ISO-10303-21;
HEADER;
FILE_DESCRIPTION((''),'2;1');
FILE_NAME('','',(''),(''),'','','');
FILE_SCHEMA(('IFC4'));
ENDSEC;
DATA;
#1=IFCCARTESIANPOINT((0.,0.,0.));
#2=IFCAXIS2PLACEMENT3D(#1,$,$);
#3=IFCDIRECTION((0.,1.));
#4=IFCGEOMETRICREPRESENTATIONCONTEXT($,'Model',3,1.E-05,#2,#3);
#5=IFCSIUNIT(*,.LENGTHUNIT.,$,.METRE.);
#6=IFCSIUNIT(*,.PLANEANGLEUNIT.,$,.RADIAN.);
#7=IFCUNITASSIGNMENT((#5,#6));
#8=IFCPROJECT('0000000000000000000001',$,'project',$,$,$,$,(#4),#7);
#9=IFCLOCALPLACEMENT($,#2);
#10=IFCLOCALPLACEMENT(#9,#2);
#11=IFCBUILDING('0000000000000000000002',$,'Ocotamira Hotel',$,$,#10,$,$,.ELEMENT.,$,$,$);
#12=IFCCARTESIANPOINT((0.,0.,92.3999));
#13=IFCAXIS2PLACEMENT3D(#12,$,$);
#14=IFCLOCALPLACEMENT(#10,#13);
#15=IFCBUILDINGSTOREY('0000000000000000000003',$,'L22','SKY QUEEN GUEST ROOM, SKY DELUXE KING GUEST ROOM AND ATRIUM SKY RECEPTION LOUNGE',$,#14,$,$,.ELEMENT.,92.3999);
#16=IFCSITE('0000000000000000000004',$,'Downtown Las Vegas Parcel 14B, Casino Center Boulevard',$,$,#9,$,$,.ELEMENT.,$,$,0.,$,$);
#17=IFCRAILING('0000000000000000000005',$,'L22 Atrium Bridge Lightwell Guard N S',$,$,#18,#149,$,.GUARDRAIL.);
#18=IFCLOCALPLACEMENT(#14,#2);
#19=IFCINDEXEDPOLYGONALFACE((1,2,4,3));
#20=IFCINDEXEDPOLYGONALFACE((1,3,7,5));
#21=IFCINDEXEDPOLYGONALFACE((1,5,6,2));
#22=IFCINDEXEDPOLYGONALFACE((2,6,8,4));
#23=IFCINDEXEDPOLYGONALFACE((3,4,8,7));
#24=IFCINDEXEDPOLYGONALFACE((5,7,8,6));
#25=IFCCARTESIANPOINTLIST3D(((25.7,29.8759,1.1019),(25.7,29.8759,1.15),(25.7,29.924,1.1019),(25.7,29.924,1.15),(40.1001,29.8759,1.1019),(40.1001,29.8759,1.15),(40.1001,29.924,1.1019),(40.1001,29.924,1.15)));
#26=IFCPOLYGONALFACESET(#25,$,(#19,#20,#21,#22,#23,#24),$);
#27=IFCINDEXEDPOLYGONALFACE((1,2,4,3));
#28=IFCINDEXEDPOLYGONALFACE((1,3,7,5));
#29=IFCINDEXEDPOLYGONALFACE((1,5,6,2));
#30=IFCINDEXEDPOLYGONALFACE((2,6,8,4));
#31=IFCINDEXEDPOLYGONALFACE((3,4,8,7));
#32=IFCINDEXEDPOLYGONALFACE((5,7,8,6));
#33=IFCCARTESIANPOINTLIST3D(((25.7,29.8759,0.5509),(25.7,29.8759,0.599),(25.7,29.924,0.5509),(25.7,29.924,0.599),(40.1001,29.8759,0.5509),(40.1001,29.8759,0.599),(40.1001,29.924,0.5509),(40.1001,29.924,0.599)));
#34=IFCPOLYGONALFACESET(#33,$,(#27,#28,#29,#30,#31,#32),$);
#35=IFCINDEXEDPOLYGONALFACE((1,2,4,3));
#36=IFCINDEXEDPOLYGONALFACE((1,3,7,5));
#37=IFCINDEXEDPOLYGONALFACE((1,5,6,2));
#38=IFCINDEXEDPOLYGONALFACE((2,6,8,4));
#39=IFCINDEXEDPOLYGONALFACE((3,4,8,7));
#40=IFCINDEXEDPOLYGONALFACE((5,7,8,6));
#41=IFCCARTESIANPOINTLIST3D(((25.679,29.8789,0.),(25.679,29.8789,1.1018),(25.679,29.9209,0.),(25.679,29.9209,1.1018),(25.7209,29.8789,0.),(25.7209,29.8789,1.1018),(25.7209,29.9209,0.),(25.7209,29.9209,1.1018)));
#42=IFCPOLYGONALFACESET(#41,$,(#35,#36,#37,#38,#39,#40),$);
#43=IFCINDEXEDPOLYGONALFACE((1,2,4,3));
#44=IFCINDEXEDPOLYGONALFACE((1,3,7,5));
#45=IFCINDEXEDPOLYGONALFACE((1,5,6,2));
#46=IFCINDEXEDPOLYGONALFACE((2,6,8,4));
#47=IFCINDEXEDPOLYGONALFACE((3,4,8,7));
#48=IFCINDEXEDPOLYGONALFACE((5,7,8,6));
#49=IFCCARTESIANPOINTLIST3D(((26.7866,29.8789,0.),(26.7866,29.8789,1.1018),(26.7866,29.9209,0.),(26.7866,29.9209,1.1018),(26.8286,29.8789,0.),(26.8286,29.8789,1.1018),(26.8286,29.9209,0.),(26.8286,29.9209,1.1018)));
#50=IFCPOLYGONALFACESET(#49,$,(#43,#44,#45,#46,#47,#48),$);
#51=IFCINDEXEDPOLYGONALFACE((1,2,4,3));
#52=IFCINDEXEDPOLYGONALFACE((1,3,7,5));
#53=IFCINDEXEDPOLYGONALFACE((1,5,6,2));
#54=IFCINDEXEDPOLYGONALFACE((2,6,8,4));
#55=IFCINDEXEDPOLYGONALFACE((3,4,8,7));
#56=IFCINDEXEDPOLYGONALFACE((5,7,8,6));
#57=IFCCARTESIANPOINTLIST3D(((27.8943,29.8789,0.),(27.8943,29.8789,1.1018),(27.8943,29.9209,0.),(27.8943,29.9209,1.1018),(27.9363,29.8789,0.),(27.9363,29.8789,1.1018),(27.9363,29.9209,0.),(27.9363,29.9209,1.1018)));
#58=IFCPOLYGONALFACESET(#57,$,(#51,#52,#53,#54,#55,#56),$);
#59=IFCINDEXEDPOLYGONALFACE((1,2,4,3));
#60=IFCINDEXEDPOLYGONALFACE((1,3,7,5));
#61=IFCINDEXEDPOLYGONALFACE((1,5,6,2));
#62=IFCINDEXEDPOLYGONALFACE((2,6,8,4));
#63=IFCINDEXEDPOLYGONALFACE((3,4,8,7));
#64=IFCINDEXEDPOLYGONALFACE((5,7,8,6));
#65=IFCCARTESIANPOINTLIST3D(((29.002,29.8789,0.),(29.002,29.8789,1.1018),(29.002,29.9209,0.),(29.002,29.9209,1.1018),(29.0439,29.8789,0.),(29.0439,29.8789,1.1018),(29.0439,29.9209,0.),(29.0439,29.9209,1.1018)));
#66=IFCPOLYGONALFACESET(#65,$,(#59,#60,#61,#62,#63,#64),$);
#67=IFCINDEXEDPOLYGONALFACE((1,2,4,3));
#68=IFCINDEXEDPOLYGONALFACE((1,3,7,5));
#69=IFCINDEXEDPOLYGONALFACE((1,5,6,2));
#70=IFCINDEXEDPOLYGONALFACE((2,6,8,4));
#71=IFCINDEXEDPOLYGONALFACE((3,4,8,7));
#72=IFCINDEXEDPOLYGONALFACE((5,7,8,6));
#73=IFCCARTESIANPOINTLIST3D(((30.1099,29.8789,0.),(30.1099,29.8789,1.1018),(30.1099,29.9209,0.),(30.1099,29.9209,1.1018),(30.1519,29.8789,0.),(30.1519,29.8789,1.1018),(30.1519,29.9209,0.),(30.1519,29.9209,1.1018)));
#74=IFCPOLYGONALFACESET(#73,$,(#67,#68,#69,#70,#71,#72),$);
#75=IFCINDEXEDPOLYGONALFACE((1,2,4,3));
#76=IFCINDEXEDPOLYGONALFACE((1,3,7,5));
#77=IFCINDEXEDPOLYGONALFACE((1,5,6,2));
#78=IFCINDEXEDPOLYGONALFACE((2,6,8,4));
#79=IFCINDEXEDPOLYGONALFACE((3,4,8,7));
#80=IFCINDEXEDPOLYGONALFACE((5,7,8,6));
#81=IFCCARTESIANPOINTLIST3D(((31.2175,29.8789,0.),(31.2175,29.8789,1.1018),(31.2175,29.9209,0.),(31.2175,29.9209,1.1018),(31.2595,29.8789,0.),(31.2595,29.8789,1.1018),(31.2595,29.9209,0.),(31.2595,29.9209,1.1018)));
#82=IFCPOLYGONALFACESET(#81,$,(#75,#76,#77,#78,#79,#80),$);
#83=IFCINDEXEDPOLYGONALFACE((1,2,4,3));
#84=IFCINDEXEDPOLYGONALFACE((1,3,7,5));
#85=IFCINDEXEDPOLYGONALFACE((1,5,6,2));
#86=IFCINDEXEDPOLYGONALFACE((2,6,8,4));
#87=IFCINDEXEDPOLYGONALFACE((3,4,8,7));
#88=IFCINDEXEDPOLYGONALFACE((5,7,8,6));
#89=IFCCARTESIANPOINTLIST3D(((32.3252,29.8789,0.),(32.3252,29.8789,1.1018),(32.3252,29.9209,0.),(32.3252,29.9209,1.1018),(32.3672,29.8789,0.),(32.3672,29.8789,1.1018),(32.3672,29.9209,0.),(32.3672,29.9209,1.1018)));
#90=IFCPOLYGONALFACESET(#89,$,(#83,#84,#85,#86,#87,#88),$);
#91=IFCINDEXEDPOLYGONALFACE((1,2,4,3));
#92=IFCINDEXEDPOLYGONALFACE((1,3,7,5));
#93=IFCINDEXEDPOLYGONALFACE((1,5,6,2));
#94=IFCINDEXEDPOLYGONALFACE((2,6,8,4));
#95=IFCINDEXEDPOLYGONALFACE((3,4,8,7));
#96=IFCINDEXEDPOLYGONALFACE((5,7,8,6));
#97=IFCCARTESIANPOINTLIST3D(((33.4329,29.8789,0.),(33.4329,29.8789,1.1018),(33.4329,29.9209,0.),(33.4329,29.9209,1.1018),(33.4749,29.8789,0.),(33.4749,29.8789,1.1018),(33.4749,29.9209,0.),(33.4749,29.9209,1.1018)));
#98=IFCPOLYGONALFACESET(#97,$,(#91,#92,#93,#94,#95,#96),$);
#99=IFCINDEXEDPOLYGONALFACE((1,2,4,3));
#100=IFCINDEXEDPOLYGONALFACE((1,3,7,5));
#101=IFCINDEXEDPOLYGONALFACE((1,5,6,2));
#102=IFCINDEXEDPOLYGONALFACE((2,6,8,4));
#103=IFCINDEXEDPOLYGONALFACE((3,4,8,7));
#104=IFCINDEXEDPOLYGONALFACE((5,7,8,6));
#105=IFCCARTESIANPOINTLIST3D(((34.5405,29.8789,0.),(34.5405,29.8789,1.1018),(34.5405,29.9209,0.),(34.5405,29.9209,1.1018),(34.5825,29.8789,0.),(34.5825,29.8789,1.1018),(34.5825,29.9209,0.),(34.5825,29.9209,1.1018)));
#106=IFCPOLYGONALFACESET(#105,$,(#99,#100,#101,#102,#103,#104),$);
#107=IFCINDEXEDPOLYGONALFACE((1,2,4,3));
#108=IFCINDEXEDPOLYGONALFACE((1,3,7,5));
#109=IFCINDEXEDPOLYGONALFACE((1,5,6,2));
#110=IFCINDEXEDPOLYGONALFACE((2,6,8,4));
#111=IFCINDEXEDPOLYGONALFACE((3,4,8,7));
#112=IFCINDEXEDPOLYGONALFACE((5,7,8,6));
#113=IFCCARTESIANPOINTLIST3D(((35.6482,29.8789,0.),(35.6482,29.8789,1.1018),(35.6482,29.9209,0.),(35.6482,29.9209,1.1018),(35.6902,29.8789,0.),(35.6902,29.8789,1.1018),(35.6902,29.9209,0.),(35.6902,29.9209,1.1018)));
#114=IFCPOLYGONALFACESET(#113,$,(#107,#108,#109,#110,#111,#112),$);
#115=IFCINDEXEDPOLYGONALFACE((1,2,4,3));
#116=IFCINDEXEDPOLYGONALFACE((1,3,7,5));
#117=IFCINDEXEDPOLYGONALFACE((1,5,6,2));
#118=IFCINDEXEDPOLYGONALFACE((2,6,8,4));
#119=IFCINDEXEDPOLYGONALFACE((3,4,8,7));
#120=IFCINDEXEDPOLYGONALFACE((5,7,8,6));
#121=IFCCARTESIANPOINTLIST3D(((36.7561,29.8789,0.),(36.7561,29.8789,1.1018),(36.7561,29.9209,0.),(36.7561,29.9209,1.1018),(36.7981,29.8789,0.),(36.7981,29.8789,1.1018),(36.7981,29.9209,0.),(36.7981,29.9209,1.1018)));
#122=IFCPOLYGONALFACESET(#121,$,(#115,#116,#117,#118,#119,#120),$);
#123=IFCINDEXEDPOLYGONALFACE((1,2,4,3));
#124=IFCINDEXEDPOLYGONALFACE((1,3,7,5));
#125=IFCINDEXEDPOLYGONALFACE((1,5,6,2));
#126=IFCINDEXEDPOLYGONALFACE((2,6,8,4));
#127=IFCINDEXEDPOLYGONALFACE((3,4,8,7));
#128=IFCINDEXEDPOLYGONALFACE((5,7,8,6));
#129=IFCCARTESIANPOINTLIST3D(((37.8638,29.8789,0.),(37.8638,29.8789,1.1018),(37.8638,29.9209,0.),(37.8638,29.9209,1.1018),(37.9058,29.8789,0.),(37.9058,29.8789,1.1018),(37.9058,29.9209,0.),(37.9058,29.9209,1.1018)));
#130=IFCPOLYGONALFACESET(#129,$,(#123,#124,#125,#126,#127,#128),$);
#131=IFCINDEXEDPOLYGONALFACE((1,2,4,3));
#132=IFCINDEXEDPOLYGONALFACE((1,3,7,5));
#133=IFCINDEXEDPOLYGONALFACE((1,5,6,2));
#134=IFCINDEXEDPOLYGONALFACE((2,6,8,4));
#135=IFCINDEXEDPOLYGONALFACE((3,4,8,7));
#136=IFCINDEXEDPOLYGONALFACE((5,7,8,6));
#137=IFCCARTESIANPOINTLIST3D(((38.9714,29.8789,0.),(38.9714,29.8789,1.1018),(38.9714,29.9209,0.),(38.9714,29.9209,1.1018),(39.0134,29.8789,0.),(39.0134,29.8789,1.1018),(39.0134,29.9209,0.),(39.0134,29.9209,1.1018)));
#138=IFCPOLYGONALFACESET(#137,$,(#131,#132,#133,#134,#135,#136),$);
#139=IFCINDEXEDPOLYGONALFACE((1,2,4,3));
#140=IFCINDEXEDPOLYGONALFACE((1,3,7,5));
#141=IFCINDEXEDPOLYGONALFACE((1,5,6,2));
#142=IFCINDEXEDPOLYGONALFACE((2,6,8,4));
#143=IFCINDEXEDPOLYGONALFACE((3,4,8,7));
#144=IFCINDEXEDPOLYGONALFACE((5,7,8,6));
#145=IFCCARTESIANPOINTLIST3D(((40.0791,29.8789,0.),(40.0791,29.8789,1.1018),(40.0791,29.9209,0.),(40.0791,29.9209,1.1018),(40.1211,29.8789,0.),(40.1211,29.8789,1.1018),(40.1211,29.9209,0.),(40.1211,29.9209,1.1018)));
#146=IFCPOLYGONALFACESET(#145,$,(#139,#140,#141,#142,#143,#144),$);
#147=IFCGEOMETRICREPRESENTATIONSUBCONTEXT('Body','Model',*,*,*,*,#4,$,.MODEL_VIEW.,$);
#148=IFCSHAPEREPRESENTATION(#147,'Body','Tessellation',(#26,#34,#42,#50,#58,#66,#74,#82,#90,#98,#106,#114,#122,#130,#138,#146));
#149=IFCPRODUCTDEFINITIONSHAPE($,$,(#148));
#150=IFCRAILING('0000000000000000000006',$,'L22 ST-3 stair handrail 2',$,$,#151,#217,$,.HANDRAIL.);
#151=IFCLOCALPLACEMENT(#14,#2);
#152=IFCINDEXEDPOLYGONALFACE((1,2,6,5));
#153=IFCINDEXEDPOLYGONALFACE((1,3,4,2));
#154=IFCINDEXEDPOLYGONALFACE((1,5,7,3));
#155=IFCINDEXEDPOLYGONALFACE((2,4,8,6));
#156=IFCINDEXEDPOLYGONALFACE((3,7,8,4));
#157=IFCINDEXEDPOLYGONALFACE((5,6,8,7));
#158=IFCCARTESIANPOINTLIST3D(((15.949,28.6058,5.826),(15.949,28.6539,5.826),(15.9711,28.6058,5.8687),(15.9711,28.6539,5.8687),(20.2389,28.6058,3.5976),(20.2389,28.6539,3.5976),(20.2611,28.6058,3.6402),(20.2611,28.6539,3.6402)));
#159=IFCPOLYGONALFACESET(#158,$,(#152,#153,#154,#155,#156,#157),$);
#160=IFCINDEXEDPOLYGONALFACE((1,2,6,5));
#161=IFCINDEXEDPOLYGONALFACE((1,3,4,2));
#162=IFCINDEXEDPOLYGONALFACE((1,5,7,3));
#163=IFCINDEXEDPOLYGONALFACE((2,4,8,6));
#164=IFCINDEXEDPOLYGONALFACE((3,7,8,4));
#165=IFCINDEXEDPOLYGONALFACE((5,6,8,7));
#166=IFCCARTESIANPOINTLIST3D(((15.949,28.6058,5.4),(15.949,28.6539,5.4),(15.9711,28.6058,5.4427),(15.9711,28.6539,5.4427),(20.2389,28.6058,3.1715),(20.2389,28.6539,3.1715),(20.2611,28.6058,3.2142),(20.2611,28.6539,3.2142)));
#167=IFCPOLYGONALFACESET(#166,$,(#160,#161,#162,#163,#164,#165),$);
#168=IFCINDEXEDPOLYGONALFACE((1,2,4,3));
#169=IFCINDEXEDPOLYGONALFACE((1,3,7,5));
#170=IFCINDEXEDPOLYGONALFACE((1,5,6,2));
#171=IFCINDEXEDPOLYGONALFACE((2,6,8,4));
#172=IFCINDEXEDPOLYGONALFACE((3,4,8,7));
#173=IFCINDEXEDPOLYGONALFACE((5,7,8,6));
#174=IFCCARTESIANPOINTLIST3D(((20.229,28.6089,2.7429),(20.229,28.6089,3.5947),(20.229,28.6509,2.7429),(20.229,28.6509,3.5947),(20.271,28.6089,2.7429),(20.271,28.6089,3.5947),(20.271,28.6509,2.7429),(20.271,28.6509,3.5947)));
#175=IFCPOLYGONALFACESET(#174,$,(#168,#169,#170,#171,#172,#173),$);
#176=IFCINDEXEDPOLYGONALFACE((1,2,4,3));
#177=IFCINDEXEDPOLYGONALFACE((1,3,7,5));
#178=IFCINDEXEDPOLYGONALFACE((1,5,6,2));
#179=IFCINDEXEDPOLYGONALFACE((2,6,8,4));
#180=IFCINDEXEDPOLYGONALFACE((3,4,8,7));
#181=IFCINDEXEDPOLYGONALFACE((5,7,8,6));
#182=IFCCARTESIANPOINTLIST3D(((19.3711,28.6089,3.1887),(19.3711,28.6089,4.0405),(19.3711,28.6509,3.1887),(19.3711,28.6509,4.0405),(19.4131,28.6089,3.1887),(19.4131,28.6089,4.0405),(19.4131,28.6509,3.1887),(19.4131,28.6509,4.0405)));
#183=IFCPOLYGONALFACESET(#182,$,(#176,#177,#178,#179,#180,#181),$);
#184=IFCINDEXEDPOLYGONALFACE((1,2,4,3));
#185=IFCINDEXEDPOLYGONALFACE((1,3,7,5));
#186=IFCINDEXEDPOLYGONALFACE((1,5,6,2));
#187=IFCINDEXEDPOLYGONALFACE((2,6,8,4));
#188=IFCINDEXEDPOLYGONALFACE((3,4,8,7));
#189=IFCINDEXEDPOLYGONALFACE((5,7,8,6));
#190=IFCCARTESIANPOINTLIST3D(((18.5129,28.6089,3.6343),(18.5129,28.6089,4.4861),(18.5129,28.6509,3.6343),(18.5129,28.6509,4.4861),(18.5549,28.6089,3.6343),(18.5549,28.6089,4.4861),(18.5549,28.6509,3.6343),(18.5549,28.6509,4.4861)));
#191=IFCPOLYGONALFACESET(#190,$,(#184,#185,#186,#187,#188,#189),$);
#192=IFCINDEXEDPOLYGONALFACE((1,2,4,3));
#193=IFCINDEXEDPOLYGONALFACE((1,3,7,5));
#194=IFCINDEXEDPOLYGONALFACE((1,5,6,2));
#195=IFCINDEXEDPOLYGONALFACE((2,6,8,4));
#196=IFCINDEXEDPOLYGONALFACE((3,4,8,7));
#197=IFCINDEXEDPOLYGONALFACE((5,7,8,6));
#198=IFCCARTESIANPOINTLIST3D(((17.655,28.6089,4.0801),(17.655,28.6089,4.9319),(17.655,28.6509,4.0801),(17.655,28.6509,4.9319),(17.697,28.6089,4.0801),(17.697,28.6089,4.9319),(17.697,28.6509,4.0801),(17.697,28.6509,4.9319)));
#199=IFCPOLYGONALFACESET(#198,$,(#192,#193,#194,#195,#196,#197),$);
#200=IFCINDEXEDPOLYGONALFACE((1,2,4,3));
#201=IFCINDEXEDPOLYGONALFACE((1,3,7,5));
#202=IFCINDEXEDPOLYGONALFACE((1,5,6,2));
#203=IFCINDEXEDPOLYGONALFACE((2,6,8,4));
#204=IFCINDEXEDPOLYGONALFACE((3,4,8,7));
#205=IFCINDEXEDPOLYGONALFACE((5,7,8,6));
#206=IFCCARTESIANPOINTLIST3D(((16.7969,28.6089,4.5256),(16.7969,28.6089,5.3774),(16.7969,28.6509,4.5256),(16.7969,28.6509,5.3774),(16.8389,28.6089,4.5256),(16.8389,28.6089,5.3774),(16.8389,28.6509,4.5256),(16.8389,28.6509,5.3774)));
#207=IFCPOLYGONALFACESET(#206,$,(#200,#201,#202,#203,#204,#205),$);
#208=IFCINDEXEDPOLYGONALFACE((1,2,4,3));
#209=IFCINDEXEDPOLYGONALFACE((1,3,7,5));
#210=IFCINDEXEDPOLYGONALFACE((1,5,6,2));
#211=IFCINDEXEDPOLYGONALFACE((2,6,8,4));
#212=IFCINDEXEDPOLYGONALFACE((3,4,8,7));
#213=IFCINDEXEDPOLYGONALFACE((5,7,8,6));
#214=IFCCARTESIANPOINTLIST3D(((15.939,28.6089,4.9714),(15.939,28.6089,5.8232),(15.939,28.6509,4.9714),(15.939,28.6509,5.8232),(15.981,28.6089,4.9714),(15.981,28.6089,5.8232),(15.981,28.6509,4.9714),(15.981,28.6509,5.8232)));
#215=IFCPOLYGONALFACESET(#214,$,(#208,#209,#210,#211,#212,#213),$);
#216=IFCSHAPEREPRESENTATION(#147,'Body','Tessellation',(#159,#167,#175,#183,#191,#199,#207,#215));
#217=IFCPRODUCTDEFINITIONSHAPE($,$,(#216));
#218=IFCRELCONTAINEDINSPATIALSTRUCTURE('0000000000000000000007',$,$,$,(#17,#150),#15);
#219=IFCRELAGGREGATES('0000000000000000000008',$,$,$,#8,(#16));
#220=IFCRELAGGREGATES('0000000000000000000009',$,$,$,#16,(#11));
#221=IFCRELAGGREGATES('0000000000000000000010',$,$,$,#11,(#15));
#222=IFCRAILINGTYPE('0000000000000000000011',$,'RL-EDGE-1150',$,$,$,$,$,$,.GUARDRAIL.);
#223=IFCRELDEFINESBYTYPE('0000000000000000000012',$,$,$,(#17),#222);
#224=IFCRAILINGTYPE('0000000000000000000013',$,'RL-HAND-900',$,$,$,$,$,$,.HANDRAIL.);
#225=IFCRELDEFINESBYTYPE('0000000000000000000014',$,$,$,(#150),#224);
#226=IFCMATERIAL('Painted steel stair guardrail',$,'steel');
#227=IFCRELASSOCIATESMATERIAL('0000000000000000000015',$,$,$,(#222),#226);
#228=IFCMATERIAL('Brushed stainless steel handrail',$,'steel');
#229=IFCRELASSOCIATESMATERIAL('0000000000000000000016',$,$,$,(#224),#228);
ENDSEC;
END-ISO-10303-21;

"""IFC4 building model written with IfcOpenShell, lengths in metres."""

from ifc_helpers import new_model, si_unit, direction, frame, origin, origin_2d, place, context, subcontext, project, spatial, rectangle, extrude, material, type_object, element, save


model = new_model("IFC4")

# Units and contexts
model_context = context("Model", 3, precision=1e-05, world=origin(), true_north=direction((0.0, 1.0)))
body_context = subcontext(model_context, "Body", "Model", "MODEL_VIEW")
ifc_project = project(units=[si_unit("LENGTHUNIT", "METRE"), si_unit("PLANEANGLEUNIT", "RADIAN")], contexts=[model_context])

# Site, building, storey
site_placement = place(None, origin())
site = spatial("IfcSite", under=ifc_project, at=site_placement, Name="Downtown Las Vegas Parcel 14B, Casino Center Boulevard", CompositionType="ELEMENT", RefElevation=0.0)
building_placement = place(site_placement, origin())
building = spatial("IfcBuilding", under=site, at=building_placement, Name="Ocotamira Hotel", CompositionType="ELEMENT")
storey_placement = place(building_placement, frame((0.0, 0.0, 92.3999)))
storey = spatial("IfcBuildingStorey", under=building, at=storey_placement, Name="L22", Description="SKY QUEEN GUEST ROOM, SKY DELUXE KING GUEST ROOM AND ATRIUM SKY RECEPTION LOUNGE", CompositionType="ELEMENT", Elevation=92.3999)

# Railings
ifc_material_1 = material(Name="Painted steel stair guardrail", Category="steel")
railing_type_1 = type_object("IfcRailingType", Name="RL-EDGE-1150", PredefinedType="GUARDRAIL", material=ifc_material_1)
railing_1_placement = place(storey_placement, frame((25.7, 29.8999, 0.0)))
element("IfcRailing", 1, at=railing_1_placement, inside=storey, type_object=railing_type_1, Name="L22 Atrium Bridge Lightwell Guard N S", PredefinedType="GUARDRAIL", context=body_context, shape_type="SweptSolid", body=[
    extrude(rectangle(XDim=0.0481, YDim=0.0481, at=origin_2d()), frame((0.0, 0.0, 1.126), z_axis=(1.0, 0.0, 0.0), x_axis=(0.0, 1.0, 0.0)), (0.0, 0.0, 1.0), 14.4001),
    extrude(rectangle(XDim=0.0481, YDim=0.0481, at=origin_2d()), frame((0.0, 0.0, 0.575), z_axis=(1.0, 0.0, 0.0), x_axis=(0.0, 1.0, 0.0)), (0.0, 0.0, 1.0), 14.4001),
    extrude(rectangle(XDim=0.042, YDim=0.042, at=origin_2d()), origin(), (0.0, 0.0, 1.0), 1.1018),
    extrude(rectangle(XDim=0.042, YDim=0.042, at=origin_2d()), frame((1.1077, 0.0, 0.0)), (0.0, 0.0, 1.0), 1.1018),
    extrude(rectangle(XDim=0.042, YDim=0.042, at=origin_2d()), frame((2.2153, 0.0, 0.0)), (0.0, 0.0, 1.0), 1.1018),
    extrude(rectangle(XDim=0.042, YDim=0.042, at=origin_2d()), frame((3.323, 0.0, 0.0)), (0.0, 0.0, 1.0), 1.1018),
    extrude(rectangle(XDim=0.042, YDim=0.042, at=origin_2d()), frame((4.4309, 0.0, 0.0)), (0.0, 0.0, 1.0), 1.1018),
    extrude(rectangle(XDim=0.042, YDim=0.042, at=origin_2d()), frame((5.5386, 0.0, 0.0)), (0.0, 0.0, 1.0), 1.1018),
    extrude(rectangle(XDim=0.042, YDim=0.042, at=origin_2d()), frame((6.6462, 0.0, 0.0)), (0.0, 0.0, 1.0), 1.1018),
    extrude(rectangle(XDim=0.042, YDim=0.042, at=origin_2d()), frame((7.7539, 0.0, 0.0)), (0.0, 0.0, 1.0), 1.1018),
    extrude(rectangle(XDim=0.042, YDim=0.042, at=origin_2d()), frame((8.8616, 0.0, 0.0)), (0.0, 0.0, 1.0), 1.1018),
    extrude(rectangle(XDim=0.042, YDim=0.042, at=origin_2d()), frame((9.9692, 0.0, 0.0)), (0.0, 0.0, 1.0), 1.1018),
    extrude(rectangle(XDim=0.042, YDim=0.042, at=origin_2d()), frame((11.0771, 0.0, 0.0)), (0.0, 0.0, 1.0), 1.1018),
    extrude(rectangle(XDim=0.042, YDim=0.042, at=origin_2d()), frame((12.1848, 0.0, 0.0)), (0.0, 0.0, 1.0), 1.1018),
    extrude(rectangle(XDim=0.042, YDim=0.042, at=origin_2d()), frame((13.2925, 0.0, 0.0)), (0.0, 0.0, 1.0), 1.1018),
    extrude(rectangle(XDim=0.042, YDim=0.042, at=origin_2d()), frame((14.4001, 0.0, 0.0)), (0.0, 0.0, 1.0), 1.1018),
])
ifc_material_2 = material(Name="Brushed stainless steel handrail", Category="steel")
railing_type_2 = type_object("IfcRailingType", Name="RL-HAND-900", PredefinedType="HANDRAIL", material=ifc_material_2)
railing_2_placement = place(storey_placement, frame((20.25, 28.6299, 2.7429)))
element("IfcRailing", 2, at=railing_2_placement, inside=storey, type_object=railing_type_2, Name="L22 ST-3 stair handrail 2", PredefinedType="HANDRAIL", context=body_context, shape_type="SweptSolid", body=[
    extrude(rectangle(XDim=0.0481, YDim=0.0481, at=origin_2d()), frame((0.0, 0.0, 0.876), z_axis=(-0.887412, 0.0, 0.460977), x_axis=(0.0, -1.0, 0.0)), (0.0, 0.0, 1.0), 4.8342),
    extrude(rectangle(XDim=0.0481, YDim=0.0481, at=origin_2d()), frame((0.0, 0.0, 0.45), z_axis=(-0.887412, 0.0, 0.460977), x_axis=(0.0, -1.0, 0.0)), (0.0, 0.0, 1.0), 4.8342),
    extrude(rectangle(XDim=0.042, YDim=0.042, at=origin_2d()), origin(), (0.0, 0.0, 1.0), 0.8518),
    extrude(rectangle(XDim=0.042, YDim=0.042, at=origin_2d()), frame((-0.8579, 0.0, 0.4458)), (0.0, 0.0, 1.0), 0.8518),
    extrude(rectangle(XDim=0.042, YDim=0.042, at=origin_2d()), frame((-1.7161, 0.0, 0.8914)), (0.0, 0.0, 1.0), 0.8518),
    extrude(rectangle(XDim=0.042, YDim=0.042, at=origin_2d()), frame((-2.574, 0.0, 1.3372)), (0.0, 0.0, 1.0), 0.8518),
    extrude(rectangle(XDim=0.042, YDim=0.042, at=origin_2d()), frame((-3.4321, 0.0, 1.7827)), (0.0, 0.0, 1.0), 0.8518),
    extrude(rectangle(XDim=0.042, YDim=0.042, at=origin_2d()), frame((-4.29, 0.0, 2.2285)), (0.0, 0.0, 1.0), 0.8518),
])

save(model, "model.ifc")
